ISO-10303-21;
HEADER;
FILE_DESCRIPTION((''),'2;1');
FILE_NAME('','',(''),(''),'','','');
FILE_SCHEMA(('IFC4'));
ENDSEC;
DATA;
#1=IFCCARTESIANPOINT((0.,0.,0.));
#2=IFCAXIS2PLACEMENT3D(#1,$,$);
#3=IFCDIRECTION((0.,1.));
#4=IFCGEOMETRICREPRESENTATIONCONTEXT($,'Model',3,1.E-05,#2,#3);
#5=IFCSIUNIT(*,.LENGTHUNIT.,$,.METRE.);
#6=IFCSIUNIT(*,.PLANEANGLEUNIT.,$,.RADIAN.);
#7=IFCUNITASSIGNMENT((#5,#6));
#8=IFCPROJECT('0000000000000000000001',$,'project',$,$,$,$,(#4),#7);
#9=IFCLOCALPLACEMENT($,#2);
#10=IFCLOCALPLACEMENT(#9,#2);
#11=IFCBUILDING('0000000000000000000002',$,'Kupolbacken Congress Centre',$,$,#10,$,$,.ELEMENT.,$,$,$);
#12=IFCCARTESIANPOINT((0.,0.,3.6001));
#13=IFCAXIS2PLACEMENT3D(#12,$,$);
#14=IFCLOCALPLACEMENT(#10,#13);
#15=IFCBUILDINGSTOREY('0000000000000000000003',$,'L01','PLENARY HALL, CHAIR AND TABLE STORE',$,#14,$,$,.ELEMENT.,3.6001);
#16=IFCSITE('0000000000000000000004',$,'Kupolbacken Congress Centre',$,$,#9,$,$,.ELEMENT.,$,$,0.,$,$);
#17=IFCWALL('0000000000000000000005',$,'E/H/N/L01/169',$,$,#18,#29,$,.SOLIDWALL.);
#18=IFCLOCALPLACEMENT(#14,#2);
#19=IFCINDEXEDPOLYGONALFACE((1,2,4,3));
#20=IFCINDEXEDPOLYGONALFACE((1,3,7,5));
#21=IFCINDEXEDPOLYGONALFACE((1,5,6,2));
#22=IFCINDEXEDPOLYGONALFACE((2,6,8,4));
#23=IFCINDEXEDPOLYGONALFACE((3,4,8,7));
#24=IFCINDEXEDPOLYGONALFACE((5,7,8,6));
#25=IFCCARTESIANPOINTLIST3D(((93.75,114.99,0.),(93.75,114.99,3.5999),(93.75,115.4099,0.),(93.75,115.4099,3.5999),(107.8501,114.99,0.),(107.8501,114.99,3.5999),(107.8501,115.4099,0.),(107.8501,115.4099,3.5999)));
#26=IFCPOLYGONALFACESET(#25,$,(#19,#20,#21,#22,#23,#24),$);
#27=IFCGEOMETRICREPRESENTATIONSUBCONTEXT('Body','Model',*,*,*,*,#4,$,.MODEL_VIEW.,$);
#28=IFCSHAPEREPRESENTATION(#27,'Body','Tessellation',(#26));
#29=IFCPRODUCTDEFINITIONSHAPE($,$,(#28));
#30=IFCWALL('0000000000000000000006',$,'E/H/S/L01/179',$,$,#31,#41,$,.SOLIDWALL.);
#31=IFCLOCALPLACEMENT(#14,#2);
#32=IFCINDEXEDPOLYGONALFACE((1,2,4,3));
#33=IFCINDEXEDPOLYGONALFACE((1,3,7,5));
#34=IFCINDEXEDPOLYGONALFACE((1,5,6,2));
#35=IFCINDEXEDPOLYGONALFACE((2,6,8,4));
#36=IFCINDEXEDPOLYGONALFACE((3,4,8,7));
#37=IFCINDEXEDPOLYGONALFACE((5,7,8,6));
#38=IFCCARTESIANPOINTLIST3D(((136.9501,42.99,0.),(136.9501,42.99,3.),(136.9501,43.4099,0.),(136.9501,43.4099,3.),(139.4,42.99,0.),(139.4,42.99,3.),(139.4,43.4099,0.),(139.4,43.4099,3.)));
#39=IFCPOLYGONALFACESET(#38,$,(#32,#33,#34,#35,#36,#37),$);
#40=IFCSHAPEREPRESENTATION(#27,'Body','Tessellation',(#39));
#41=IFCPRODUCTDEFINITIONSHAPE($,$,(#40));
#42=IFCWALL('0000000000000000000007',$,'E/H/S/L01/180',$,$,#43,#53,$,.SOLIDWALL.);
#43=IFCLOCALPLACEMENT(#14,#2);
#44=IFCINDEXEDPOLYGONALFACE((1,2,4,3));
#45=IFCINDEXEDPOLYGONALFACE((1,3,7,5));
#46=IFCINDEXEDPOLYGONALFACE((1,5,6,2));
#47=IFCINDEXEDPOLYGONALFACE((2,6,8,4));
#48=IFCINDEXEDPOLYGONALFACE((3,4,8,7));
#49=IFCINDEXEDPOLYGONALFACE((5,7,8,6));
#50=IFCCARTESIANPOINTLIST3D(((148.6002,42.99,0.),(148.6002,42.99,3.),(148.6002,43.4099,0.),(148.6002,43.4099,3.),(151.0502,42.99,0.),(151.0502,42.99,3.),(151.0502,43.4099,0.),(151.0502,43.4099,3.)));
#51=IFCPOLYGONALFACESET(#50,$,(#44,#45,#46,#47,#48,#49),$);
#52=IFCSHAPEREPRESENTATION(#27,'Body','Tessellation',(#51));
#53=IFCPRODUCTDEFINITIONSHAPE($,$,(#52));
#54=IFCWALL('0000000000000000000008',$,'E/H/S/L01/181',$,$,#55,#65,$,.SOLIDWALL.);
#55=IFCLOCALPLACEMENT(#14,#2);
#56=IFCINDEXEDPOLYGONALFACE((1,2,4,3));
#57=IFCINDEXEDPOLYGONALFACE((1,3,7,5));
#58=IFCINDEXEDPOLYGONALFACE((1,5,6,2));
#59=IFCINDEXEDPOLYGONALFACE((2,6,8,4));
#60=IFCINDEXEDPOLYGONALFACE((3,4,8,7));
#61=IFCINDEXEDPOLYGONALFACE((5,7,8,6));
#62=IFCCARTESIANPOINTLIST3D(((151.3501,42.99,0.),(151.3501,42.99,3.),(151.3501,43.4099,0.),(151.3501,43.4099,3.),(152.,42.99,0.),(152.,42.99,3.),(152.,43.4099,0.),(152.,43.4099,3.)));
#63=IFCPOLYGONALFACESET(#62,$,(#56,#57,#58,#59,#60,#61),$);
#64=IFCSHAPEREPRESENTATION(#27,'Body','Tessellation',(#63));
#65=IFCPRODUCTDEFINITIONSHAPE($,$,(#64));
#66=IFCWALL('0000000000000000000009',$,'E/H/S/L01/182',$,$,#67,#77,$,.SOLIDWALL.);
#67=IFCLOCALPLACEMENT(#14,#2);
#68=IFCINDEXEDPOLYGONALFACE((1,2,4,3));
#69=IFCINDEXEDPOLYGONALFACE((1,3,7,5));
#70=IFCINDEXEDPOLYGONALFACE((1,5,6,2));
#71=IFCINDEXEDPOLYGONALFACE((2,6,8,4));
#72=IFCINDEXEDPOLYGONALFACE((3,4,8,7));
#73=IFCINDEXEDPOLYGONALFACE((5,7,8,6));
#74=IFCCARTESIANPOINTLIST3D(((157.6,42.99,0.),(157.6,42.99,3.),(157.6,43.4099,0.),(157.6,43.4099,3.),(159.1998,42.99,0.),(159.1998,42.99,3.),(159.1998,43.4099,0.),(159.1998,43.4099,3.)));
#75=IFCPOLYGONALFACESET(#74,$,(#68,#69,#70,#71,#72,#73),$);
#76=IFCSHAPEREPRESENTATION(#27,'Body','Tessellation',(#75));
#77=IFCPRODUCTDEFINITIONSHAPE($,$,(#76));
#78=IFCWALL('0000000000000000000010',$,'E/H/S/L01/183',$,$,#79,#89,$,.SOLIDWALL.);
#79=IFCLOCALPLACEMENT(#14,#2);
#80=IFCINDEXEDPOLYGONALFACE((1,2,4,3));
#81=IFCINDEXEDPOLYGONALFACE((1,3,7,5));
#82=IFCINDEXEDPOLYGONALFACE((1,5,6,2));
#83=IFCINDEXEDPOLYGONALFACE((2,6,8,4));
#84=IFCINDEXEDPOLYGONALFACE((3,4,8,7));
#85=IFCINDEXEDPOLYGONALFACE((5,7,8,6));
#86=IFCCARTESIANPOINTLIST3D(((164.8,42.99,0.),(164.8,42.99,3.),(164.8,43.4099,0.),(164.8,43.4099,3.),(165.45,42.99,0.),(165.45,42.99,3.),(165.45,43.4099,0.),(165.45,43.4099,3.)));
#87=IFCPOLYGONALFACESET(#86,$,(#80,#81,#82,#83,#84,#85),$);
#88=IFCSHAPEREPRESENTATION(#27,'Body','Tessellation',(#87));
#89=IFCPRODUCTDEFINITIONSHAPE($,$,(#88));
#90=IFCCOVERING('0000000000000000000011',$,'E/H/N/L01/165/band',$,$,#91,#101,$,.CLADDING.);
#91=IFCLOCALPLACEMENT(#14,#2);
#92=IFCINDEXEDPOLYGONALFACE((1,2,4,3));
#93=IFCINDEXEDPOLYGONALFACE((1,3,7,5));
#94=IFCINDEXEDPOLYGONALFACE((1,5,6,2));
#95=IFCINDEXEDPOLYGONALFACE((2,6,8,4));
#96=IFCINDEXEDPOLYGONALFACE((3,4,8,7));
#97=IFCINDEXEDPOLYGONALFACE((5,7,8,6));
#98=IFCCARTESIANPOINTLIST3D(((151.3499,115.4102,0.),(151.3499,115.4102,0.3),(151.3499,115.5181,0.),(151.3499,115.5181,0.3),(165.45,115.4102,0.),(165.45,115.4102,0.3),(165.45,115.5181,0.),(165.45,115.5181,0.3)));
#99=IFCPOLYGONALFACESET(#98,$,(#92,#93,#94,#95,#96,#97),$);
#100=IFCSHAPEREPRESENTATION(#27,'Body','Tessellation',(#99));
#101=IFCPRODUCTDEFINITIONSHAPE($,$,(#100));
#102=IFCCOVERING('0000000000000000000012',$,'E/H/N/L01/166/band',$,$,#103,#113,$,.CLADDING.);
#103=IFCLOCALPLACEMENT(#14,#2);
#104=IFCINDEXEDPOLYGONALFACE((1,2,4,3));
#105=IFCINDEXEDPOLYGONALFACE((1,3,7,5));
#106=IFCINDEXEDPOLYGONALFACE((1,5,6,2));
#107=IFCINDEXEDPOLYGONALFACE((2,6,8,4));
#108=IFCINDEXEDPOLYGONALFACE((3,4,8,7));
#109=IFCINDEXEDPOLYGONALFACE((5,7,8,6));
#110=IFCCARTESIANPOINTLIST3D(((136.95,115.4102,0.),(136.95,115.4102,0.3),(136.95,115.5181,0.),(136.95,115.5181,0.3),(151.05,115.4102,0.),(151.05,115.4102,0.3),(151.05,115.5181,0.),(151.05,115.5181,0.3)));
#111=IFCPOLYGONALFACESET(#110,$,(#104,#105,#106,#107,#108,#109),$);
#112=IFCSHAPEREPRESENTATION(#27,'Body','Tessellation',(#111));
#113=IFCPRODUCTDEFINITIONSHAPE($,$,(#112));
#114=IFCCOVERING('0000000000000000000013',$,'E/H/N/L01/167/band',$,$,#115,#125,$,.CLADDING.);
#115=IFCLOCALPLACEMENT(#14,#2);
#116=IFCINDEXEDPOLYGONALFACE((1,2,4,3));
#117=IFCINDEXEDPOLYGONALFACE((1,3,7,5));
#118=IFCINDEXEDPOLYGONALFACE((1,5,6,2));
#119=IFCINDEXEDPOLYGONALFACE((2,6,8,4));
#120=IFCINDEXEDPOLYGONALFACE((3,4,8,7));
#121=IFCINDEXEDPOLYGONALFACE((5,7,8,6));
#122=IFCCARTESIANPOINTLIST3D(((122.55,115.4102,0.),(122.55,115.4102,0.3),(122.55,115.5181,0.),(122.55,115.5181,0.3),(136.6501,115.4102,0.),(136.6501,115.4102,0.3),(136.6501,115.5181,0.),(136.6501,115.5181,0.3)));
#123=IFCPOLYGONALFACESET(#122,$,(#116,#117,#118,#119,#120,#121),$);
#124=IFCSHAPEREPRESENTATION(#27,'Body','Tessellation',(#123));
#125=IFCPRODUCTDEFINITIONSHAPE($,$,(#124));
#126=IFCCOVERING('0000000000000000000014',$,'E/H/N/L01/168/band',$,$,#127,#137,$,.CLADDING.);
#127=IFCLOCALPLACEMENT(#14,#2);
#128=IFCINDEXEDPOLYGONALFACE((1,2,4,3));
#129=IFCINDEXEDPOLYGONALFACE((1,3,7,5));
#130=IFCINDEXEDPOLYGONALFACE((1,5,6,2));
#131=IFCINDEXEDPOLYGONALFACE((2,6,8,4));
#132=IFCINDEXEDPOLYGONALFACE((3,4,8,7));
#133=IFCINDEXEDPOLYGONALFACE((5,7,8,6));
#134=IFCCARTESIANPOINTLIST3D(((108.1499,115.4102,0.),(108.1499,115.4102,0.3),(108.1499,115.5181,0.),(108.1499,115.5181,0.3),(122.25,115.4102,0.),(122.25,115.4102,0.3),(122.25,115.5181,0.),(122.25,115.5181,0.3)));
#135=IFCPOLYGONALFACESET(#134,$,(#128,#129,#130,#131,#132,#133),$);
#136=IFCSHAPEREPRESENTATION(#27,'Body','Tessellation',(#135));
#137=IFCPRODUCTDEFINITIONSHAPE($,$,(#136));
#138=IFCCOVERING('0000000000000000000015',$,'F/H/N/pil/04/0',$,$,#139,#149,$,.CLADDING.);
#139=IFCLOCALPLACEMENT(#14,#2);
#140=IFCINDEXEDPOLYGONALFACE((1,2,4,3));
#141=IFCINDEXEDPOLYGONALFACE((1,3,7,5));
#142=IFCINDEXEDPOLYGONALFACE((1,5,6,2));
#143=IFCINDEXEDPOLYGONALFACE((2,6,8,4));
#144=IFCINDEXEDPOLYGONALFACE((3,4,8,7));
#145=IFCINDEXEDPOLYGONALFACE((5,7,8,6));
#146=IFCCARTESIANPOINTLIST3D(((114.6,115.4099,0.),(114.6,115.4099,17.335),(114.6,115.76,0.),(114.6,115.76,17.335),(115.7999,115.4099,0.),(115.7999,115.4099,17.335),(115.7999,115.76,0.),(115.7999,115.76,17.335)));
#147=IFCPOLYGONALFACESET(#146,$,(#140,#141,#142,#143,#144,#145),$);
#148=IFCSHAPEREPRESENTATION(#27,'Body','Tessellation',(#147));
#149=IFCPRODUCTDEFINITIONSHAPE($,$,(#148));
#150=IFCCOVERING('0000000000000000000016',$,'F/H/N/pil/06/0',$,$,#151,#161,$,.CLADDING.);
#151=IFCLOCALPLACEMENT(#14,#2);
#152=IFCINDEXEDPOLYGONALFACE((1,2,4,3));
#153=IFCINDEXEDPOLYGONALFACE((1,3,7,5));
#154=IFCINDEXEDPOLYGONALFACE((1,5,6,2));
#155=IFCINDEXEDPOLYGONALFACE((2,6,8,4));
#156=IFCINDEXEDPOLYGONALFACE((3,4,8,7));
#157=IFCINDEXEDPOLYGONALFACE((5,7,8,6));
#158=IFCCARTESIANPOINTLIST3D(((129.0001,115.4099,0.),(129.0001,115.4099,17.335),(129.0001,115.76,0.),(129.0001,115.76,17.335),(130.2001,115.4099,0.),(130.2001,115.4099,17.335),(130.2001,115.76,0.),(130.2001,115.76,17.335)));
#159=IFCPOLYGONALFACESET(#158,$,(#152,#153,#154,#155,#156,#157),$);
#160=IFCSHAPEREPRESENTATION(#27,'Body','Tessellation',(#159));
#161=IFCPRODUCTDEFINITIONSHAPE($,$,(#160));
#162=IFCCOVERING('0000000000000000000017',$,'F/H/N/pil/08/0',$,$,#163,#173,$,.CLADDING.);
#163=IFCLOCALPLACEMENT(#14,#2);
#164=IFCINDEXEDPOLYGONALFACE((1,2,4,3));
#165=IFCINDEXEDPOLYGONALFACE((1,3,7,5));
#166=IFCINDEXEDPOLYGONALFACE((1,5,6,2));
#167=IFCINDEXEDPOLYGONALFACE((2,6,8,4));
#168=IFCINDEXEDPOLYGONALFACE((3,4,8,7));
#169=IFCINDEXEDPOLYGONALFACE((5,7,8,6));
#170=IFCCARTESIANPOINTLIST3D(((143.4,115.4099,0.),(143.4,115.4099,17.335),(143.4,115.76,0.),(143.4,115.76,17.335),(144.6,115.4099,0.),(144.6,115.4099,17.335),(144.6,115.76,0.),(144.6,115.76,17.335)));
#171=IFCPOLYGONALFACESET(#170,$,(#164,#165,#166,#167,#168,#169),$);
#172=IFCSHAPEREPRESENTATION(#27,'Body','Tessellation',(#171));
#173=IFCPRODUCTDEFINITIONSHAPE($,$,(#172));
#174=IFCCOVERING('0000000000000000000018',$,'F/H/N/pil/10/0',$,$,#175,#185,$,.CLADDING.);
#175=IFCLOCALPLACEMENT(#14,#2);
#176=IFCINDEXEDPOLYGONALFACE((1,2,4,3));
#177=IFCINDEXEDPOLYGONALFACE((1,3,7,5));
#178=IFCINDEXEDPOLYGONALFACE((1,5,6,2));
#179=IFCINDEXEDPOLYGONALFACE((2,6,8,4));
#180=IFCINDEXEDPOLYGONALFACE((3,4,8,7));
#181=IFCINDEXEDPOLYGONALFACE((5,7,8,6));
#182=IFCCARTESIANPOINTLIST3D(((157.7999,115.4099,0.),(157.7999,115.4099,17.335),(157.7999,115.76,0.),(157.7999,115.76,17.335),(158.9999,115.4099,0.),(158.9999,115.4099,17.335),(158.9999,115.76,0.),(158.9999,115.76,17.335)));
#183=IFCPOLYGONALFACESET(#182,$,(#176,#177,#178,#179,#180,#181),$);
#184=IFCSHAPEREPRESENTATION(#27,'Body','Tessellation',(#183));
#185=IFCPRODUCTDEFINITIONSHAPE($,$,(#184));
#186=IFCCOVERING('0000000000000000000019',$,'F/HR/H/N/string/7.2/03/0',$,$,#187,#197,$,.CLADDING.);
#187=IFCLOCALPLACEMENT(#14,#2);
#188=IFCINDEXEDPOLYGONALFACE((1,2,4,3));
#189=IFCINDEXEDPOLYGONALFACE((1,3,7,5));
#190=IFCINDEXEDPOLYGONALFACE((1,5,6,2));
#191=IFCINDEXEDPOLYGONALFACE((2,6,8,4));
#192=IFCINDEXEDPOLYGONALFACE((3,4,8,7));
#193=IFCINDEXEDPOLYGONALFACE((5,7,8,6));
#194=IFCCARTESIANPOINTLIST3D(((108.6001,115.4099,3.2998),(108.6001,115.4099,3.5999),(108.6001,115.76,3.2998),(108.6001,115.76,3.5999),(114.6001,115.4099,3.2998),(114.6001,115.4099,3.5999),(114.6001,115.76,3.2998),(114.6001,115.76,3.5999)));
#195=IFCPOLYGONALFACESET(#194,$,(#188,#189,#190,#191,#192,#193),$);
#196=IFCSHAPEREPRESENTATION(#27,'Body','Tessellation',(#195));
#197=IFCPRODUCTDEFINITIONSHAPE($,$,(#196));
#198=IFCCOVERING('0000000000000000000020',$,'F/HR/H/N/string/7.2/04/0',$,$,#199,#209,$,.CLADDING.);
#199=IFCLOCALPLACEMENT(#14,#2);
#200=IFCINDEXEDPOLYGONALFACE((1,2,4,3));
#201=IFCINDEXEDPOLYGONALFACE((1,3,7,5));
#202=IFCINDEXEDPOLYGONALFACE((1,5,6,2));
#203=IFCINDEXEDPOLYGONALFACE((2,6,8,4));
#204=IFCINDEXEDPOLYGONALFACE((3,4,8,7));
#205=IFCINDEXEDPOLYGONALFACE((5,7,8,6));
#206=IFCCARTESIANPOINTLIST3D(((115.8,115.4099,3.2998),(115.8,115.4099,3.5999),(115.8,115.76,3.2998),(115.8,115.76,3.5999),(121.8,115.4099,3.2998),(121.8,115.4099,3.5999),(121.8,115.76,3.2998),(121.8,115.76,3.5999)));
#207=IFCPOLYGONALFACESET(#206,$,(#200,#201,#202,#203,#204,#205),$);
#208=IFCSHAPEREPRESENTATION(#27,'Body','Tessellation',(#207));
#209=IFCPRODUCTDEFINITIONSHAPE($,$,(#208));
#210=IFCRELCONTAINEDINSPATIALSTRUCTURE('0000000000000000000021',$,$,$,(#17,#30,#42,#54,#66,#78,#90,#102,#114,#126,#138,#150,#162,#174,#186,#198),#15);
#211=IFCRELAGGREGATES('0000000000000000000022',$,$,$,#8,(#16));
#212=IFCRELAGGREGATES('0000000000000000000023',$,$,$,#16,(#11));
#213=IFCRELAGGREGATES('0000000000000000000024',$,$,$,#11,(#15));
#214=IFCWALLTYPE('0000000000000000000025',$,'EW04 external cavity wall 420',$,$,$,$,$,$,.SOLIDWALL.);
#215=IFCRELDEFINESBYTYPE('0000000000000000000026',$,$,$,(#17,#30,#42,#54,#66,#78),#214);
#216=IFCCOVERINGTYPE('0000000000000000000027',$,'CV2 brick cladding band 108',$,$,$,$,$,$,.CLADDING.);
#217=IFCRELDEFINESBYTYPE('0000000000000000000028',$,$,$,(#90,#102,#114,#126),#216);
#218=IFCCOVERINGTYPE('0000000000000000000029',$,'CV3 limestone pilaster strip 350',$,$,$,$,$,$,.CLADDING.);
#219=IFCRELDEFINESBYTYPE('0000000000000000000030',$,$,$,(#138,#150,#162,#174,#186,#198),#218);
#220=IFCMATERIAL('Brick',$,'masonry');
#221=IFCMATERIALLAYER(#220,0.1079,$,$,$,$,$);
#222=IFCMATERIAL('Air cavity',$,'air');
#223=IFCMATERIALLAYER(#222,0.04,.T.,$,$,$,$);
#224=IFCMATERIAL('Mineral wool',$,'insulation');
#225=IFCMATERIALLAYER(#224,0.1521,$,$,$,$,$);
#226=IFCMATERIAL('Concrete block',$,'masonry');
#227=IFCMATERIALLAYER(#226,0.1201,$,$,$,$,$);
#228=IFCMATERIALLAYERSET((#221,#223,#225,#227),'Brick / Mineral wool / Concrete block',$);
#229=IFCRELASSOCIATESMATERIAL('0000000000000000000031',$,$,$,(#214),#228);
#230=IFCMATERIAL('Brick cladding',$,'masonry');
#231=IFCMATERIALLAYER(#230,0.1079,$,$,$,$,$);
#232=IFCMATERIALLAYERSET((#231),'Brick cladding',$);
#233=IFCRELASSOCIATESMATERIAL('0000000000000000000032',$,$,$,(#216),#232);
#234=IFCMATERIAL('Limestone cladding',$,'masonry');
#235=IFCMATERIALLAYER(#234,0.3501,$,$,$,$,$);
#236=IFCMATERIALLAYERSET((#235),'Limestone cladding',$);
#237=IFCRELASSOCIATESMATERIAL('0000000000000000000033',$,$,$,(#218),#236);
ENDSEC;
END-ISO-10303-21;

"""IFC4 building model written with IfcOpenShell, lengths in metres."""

from ifc_helpers import new_model, si_unit, direction, frame, frame_2d, origin, origin_2d, place, context, subcontext, project, spatial, rectangle, extrude, material, layer, layer_set, type_object, element, save


model = new_model("IFC4")

# Units and contexts
model_context = context("Model", 3, precision=1e-05, world=origin(), true_north=direction((0.0, 1.0)))
body_context = subcontext(model_context, "Body", "Model", "MODEL_VIEW")
ifc_project = project(units=[si_unit("LENGTHUNIT", "METRE"), si_unit("PLANEANGLEUNIT", "RADIAN")], contexts=[model_context])

# Site, building, storey
site_placement = place(None, origin())
site = spatial("IfcSite", under=ifc_project, at=site_placement, Name="Kupolbacken Congress Centre", CompositionType="ELEMENT", RefElevation=0.0)
building_placement = place(site_placement, origin())
building = spatial("IfcBuilding", under=site, at=building_placement, Name="Kupolbacken Congress Centre", CompositionType="ELEMENT")
storey_placement = place(building_placement, frame((0.0, 0.0, 3.6001)))
storey = spatial("IfcBuildingStorey", under=building, at=storey_placement, Name="L01", Description="PLENARY HALL, CHAIR AND TABLE STORE", CompositionType="ELEMENT", Elevation=3.6001)

# Walls
ifc_material_1 = material(Name="Brick", Category="masonry")
ifc_layer_1 = layer(ifc_material_1, 0.1079)
ifc_material_2 = material(Name="Air cavity", Category="air")
ifc_layer_2 = layer(ifc_material_2, 0.04, ventilated=True)
ifc_material_3 = material(Name="Mineral wool", Category="insulation")
ifc_layer_3 = layer(ifc_material_3, 0.1521)
ifc_material_4 = material(Name="Concrete block", Category="masonry")
ifc_layer_4 = layer(ifc_material_4, 0.1201)
ifc_layer_set_1 = layer_set([ifc_layer_1, ifc_layer_2, ifc_layer_3, ifc_layer_4], Name="Brick / Mineral wool / Concrete block")
wall_type = type_object("IfcWallType", Name="EW04 external cavity wall 420", PredefinedType="SOLIDWALL", material=ifc_layer_set_1)
for number, where, z_axis, x_axis, name in (
    (1, (107.8501, 115.2, 0.0), (0.0, 0.0, 1.0), (-1.0, 0.0, 0.0), "E/H/N/L01/169"),
):
    element("IfcWall", number, at=place(storey_placement, frame(where, z_axis=z_axis, x_axis=x_axis)), inside=storey, type_object=wall_type, Name=name, PredefinedType="SOLIDWALL", context=body_context, shape_type="SweptSolid", body=[
        extrude(rectangle(XDim=14.1001, YDim=0.4199, at=frame_2d((7.05, 0.0))), origin(), (0.0, 0.0, 1.0), 3.5999),
    ])
for number, where, z_axis, x_axis, name in (
    (2, (136.95, 43.2, 0.0), (0.0, 0.0, 1.0), (1.0, 0.0, 0.0), "E/H/S/L01/179"),
    (3, (148.6001, 43.2, 0.0), (0.0, 0.0, 1.0), (1.0, 0.0, 0.0), "E/H/S/L01/180"),
):
    element("IfcWall", number, at=place(storey_placement, frame(where, z_axis=z_axis, x_axis=x_axis)), inside=storey, type_object=wall_type, Name=name, PredefinedType="SOLIDWALL", context=body_context, shape_type="SweptSolid", body=[
        extrude(rectangle(XDim=2.45, YDim=0.4199, at=frame_2d((1.2251, 0.0))), origin(), (0.0, 0.0, 1.0), 3.0),
    ])
wall_1_placement = place(storey_placement, frame((151.3501, 43.2, 0.0), z_axis=(0.0, 0.0, 1.0), x_axis=(1.0, 0.0, 0.0)))
element("IfcWall", 4, at=wall_1_placement, inside=storey, type_object=wall_type, Name="E/H/S/L01/181", PredefinedType="SOLIDWALL", context=body_context, shape_type="SweptSolid", body=[
    extrude(rectangle(XDim=0.6499, YDim=0.4199, at=frame_2d((0.325, 0.0))), origin(), (0.0, 0.0, 1.0), 3.0),
])
wall_2_placement = place(storey_placement, frame((157.6001, 43.2, 0.0), z_axis=(0.0, 0.0, 1.0), x_axis=(1.0, 0.0, 0.0)))
element("IfcWall", 5, at=wall_2_placement, inside=storey, type_object=wall_type, Name="E/H/S/L01/182", PredefinedType="SOLIDWALL", context=body_context, shape_type="SweptSolid", body=[
    extrude(rectangle(XDim=1.5999, YDim=0.4199, at=frame_2d((0.7998, 0.0))), origin(), (0.0, 0.0, 1.0), 3.0),
])
wall_3_placement = place(storey_placement, frame((164.8, 43.2, 0.0), z_axis=(0.0, 0.0, 1.0), x_axis=(1.0, 0.0, 0.0)))
element("IfcWall", 6, at=wall_3_placement, inside=storey, type_object=wall_type, Name="E/H/S/L01/183", PredefinedType="SOLIDWALL", context=body_context, shape_type="SweptSolid", body=[
    extrude(rectangle(XDim=0.6499, YDim=0.4199, at=frame_2d((0.325, 0.0))), origin(), (0.0, 0.0, 1.0), 3.0),
])

# Coverings
ifc_material_5 = material(Name="Brick cladding", Category="masonry")
ifc_layer_5 = layer(ifc_material_5, 0.1079)
ifc_layer_set_2 = layer_set([ifc_layer_5], Name="Brick cladding")
covering_type_1 = type_object("IfcCoveringType", Name="CV2 brick cladding band 108", PredefinedType="CLADDING", material=ifc_layer_set_2)
for number, where, z_axis, x_axis, name in (
    (7, (158.3999, 115.4641, 0.0), (0.0, 0.0, 1.0), (-1.0, 0.0, 0.0), "E/H/N/L01/165/band"),
    (8, (144.0, 115.4641, 0.0), (0.0, 0.0, 1.0), (-1.0, 0.0, 0.0), "E/H/N/L01/166/band"),
    (9, (129.6001, 115.4641, 0.0), (0.0, 0.0, 1.0), (-1.0, 0.0, 0.0), "E/H/N/L01/167/band"),
    (10, (115.2, 115.4641, 0.0), (0.0, 0.0, 1.0), (-1.0, 0.0, 0.0), "E/H/N/L01/168/band"),
):
    element("IfcCovering", number, at=place(storey_placement, frame(where, z_axis=z_axis, x_axis=x_axis)), inside=storey, type_object=covering_type_1, Name=name, PredefinedType="CLADDING", context=body_context, shape_type="SweptSolid", body=[
        extrude(rectangle(XDim=14.1001, YDim=0.1079, at=origin_2d()), origin(), (0.0, 0.0, 1.0), 0.3),
    ])
ifc_material_6 = material(Name="Limestone cladding", Category="masonry")
ifc_layer_6 = layer(ifc_material_6, 0.3501)
ifc_layer_set_3 = layer_set([ifc_layer_6], Name="Limestone cladding")
covering_type_2 = type_object("IfcCoveringType", Name="CV3 limestone pilaster strip 350", PredefinedType="CLADDING", material=ifc_layer_set_3)
for number, where, z_axis, x_axis, name in (
    (11, (115.2, 115.585, 0.0), (0.0, 0.0, 1.0), (1.0, 0.0, 0.0), "F/H/N/pil/04/0"),
    (12, (129.6001, 115.585, 0.0), (0.0, 0.0, 1.0), (1.0, 0.0, 0.0), "F/H/N/pil/06/0"),
    (13, (144.0, 115.585, 0.0), (0.0, 0.0, 1.0), (1.0, 0.0, 0.0), "F/H/N/pil/08/0"),
    (14, (158.3999, 115.585, 0.0), (0.0, 0.0, 1.0), (1.0, 0.0, 0.0), "F/H/N/pil/10/0"),
):
    element("IfcCovering", number, at=place(storey_placement, frame(where, z_axis=z_axis, x_axis=x_axis)), inside=storey, type_object=covering_type_2, Name=name, PredefinedType="CLADDING", context=body_context, shape_type="SweptSolid", body=[
        extrude(rectangle(XDim=1.2, YDim=0.3501, at=origin_2d()), origin(), (0.0, 0.0, 1.0), 17.335),
    ])
for number, where, z_axis, x_axis, name in (
    (15, (111.6001, 115.585, 3.2998), (0.0, 0.0, 1.0), (1.0, 0.0, 0.0), "F/HR/H/N/string/7.2/03/0"),
    (16, (118.8, 115.585, 3.2998), (0.0, 0.0, 1.0), (1.0, 0.0, 0.0), "F/HR/H/N/string/7.2/04/0"),
):
    element("IfcCovering", number, at=place(storey_placement, frame(where, z_axis=z_axis, x_axis=x_axis)), inside=storey, type_object=covering_type_2, Name=name, PredefinedType="CLADDING", context=body_context, shape_type="SweptSolid", body=[
        extrude(rectangle(XDim=6.0, YDim=0.3501, at=origin_2d()), origin(), (0.0, 0.0, 1.0), 0.3),
    ])

save(model, "model.ifc")
